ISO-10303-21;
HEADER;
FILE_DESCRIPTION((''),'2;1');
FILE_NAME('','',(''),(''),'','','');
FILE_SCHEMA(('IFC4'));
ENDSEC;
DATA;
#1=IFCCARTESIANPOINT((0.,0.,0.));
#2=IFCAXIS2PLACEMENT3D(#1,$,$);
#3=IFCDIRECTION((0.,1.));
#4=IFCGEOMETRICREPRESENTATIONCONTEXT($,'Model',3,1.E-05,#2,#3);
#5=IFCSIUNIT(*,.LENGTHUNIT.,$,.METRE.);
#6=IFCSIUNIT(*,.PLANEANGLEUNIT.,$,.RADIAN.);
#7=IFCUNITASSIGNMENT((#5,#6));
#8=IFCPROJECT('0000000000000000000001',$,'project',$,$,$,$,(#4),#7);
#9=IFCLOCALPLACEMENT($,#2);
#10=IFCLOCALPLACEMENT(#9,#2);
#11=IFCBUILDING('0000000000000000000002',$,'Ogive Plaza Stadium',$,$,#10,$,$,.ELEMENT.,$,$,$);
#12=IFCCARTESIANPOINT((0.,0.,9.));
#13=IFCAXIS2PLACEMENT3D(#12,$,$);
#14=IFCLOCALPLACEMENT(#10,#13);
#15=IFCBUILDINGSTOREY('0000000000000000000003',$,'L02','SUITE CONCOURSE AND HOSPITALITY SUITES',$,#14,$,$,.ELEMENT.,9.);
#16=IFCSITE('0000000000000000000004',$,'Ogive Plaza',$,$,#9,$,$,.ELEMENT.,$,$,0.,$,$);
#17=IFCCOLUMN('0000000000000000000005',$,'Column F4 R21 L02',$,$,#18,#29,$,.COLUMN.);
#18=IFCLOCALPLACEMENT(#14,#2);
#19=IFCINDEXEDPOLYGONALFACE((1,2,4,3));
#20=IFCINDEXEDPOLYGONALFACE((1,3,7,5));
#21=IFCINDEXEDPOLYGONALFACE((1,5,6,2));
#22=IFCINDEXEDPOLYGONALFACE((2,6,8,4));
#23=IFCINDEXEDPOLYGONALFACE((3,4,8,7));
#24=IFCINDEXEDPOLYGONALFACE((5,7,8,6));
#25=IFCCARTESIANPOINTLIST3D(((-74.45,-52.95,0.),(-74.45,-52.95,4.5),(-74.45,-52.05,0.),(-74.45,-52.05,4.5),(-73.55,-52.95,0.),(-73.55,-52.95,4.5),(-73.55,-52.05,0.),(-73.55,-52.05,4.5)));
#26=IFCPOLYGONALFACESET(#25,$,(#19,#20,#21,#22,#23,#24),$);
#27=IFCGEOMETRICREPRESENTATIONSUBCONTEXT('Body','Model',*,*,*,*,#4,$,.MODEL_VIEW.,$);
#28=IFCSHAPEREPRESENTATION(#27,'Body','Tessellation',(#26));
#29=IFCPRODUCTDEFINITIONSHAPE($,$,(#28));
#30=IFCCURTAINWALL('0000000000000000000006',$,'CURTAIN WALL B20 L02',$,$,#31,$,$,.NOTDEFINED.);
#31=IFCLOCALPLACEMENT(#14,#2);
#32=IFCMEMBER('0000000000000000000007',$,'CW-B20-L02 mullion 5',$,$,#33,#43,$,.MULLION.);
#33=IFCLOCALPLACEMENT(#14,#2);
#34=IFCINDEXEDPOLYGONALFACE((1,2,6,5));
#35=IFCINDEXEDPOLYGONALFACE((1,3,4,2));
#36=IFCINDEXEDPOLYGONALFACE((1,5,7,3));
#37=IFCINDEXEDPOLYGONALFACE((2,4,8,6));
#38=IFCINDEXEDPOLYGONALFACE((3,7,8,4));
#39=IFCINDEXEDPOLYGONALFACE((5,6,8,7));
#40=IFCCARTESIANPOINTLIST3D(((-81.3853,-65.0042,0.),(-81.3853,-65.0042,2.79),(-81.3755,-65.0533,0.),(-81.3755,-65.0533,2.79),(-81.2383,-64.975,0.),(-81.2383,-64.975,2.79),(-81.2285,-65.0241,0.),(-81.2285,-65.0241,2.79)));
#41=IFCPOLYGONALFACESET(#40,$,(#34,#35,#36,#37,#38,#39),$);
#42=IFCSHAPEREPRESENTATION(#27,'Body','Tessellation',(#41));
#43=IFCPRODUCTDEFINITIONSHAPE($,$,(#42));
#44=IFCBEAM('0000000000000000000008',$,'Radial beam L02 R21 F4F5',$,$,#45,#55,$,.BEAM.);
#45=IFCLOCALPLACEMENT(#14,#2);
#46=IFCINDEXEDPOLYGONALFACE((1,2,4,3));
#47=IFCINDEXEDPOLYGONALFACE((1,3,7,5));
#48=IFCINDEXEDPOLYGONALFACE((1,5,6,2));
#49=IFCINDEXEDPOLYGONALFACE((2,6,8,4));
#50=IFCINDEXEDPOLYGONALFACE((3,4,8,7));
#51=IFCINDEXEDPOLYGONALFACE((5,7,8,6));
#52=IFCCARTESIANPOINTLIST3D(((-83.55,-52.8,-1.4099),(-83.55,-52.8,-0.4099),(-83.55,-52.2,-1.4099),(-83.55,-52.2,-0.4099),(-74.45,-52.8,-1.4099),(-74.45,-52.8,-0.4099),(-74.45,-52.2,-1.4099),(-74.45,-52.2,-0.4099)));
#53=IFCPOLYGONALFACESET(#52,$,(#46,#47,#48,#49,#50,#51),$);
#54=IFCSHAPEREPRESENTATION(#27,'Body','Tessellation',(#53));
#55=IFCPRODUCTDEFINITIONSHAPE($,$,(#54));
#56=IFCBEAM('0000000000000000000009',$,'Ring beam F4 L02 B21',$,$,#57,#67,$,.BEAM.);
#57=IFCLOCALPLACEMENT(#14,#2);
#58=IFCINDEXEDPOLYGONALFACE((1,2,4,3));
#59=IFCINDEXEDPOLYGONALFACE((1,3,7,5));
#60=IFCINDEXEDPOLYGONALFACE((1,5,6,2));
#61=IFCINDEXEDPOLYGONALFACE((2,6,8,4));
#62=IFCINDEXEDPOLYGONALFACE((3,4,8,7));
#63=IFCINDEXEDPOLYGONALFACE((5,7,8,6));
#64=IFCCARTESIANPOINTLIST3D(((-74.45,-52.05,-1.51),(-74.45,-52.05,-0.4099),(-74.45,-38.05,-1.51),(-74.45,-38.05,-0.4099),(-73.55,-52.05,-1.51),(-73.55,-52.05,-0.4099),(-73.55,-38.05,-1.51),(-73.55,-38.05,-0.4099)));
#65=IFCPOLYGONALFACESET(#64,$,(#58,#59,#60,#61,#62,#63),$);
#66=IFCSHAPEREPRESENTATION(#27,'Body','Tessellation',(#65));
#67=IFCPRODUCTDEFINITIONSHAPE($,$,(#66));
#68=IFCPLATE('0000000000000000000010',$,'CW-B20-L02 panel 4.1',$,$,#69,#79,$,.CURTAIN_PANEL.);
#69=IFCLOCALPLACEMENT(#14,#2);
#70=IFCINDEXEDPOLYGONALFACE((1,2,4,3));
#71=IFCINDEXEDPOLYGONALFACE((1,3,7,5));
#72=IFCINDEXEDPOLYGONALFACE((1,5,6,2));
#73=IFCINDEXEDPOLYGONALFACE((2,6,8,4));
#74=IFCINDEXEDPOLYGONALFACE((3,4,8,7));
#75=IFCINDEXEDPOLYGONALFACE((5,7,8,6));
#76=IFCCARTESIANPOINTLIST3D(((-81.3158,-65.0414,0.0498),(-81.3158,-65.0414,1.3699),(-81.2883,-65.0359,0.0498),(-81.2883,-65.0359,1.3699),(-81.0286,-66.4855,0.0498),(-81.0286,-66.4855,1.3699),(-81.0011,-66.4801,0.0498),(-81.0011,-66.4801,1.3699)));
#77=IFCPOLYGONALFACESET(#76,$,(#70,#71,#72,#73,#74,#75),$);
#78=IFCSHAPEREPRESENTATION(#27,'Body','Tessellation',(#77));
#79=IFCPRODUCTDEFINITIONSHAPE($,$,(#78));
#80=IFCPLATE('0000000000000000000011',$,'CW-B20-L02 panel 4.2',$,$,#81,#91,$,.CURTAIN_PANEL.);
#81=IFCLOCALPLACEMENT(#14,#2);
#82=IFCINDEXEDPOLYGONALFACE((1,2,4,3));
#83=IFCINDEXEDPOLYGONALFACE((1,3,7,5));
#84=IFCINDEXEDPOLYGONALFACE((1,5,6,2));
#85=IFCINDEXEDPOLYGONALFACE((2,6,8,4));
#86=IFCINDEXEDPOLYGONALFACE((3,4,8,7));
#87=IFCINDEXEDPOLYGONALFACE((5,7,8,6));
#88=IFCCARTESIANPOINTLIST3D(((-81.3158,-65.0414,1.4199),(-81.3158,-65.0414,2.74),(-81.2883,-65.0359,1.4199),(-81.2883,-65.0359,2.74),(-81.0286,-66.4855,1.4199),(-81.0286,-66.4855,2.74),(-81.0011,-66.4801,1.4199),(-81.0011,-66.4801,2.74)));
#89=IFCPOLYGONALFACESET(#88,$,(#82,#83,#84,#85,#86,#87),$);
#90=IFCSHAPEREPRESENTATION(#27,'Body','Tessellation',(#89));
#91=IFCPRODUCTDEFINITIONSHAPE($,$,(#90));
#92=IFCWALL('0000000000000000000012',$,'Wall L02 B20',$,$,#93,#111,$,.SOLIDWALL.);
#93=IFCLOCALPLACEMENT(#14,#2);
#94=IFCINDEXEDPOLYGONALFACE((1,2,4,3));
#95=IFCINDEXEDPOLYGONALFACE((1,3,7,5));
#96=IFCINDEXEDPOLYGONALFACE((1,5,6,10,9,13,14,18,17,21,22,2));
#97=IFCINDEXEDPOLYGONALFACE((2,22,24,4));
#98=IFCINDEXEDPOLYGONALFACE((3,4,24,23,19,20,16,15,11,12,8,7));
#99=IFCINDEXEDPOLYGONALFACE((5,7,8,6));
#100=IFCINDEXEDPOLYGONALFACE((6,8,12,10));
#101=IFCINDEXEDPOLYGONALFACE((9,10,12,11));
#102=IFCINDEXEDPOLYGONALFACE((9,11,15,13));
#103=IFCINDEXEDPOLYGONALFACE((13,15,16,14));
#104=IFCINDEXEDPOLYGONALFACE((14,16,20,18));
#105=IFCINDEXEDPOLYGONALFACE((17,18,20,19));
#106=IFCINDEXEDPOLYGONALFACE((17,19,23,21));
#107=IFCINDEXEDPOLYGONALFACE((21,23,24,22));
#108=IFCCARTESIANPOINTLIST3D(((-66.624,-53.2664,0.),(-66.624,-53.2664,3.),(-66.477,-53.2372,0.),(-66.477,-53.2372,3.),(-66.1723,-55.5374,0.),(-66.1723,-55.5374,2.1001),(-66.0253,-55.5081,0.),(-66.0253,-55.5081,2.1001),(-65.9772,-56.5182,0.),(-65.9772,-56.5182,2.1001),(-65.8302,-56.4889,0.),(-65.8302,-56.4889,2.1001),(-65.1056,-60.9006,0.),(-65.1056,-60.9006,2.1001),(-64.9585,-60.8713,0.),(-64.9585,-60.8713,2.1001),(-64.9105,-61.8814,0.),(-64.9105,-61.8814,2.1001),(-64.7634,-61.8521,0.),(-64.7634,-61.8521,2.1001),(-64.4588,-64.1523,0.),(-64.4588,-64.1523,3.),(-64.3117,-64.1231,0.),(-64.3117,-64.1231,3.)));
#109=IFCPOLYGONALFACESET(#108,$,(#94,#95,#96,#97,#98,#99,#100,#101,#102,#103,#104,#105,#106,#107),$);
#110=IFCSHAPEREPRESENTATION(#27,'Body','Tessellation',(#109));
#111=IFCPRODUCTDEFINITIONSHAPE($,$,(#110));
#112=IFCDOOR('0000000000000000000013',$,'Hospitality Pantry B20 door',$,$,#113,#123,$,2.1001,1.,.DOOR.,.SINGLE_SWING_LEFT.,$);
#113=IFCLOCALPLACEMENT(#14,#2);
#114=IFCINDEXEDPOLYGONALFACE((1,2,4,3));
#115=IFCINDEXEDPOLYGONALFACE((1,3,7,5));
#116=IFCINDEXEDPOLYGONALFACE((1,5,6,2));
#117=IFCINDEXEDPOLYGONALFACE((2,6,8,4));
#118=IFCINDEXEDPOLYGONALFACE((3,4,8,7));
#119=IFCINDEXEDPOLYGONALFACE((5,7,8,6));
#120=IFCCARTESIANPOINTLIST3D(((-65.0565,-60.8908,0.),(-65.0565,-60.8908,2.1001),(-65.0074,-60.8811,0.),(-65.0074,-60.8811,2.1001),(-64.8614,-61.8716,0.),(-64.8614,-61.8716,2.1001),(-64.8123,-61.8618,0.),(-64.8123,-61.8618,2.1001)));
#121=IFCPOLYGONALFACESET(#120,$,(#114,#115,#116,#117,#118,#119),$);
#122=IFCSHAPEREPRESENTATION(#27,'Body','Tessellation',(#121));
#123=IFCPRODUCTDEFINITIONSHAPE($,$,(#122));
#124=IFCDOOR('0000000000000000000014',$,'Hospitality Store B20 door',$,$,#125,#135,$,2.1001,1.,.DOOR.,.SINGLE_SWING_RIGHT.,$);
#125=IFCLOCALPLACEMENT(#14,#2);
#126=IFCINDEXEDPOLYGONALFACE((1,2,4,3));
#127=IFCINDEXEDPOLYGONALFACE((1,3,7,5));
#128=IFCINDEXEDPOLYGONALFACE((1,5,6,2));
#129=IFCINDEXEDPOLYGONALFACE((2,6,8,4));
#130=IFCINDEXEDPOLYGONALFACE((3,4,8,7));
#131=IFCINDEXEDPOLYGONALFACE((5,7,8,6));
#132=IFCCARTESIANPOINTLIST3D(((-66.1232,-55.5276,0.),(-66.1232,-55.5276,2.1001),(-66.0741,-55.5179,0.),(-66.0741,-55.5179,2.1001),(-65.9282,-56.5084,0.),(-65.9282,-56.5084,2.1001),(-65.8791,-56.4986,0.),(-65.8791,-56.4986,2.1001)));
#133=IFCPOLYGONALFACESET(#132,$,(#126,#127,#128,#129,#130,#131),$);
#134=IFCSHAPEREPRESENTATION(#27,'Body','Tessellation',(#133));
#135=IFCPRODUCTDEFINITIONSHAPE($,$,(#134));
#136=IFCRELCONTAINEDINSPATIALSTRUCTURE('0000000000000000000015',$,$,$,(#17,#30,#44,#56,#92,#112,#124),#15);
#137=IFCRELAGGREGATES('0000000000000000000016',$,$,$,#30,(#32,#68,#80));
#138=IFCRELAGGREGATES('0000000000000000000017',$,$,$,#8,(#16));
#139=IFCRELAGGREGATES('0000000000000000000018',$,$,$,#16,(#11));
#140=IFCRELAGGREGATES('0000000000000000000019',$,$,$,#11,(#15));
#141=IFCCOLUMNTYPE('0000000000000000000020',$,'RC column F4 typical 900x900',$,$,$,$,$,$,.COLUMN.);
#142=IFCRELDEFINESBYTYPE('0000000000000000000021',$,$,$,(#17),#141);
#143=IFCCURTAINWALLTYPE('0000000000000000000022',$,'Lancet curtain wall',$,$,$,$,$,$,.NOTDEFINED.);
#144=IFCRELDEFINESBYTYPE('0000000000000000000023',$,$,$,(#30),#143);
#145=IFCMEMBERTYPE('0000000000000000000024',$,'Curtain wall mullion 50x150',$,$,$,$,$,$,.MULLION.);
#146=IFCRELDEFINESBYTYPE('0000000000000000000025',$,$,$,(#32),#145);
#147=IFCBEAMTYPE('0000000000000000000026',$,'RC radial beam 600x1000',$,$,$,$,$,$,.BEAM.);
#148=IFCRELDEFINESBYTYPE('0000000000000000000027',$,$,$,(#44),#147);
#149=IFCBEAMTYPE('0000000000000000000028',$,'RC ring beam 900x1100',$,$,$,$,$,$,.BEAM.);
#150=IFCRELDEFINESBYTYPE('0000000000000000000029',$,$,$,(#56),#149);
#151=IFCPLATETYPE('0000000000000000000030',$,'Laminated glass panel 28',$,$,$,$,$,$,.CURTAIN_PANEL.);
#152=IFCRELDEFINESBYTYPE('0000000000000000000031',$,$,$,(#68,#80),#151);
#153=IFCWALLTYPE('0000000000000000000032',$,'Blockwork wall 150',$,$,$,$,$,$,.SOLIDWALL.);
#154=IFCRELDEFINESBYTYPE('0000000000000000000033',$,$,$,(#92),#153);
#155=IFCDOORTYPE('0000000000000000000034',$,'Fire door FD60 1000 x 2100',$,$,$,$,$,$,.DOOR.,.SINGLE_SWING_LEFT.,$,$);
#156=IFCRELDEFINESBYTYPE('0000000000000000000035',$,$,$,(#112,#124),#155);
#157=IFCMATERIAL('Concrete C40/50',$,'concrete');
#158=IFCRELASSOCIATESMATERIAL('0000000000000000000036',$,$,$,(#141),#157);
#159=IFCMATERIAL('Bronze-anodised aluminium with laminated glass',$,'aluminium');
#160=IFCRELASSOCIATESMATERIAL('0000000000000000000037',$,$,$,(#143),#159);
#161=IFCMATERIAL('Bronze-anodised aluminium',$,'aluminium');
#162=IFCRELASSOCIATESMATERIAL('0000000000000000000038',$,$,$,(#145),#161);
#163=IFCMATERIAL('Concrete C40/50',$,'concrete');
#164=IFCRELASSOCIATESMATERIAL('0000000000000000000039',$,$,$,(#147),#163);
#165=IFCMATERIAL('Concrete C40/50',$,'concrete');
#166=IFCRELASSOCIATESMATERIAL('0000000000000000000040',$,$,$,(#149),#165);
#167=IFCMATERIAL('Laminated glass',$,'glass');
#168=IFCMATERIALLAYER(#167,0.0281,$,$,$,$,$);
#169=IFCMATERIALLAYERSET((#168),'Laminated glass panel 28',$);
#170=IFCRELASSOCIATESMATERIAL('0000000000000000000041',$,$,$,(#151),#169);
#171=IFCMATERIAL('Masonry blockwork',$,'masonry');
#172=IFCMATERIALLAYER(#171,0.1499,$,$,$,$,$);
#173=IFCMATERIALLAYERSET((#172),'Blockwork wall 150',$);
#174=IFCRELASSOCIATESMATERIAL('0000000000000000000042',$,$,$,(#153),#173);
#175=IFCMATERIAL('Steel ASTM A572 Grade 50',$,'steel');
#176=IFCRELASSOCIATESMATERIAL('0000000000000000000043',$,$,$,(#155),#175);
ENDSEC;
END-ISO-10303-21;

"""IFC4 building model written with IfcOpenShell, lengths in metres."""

from ifc_helpers import new_model, si_unit, direction, frame, frame_2d, origin, origin_2d, place, context, subcontext, project, spatial, rectangle, extrude, material, layer, layer_set, material_profile, profile_set, type_object, element, fill, aggregate, save


model = new_model("IFC4")

# Units and contexts
model_context = context("Model", 3, precision=1e-05, world=origin(), true_north=direction((0.0, 1.0)))
body_context = subcontext(model_context, "Body", "Model", "MODEL_VIEW")
ifc_project = project(units=[si_unit("LENGTHUNIT", "METRE"), si_unit("PLANEANGLEUNIT", "RADIAN")], contexts=[model_context])

# Site, building, storey
site_placement = place(None, origin())
site = spatial("IfcSite", under=ifc_project, at=site_placement, Name="Ogive Plaza", CompositionType="ELEMENT", RefElevation=0.0)
building_placement = place(site_placement, origin())
building = spatial("IfcBuilding", under=site, at=building_placement, Name="Ogive Plaza Stadium", CompositionType="ELEMENT")
storey_placement = place(building_placement, frame((0.0, 0.0, 9.0)))
storey = spatial("IfcBuildingStorey", under=building, at=storey_placement, Name="L02", Description="SUITE CONCOURSE AND HOSPITALITY SUITES", CompositionType="ELEMENT", Elevation=9.0)

# Column
ifc_material_1 = material(Name="Concrete C40/50", Category="concrete")
ifc_material_profile_1 = material_profile(ifc_material_1, rectangle(XDim=0.8999, YDim=0.8999, at=origin_2d()), Name="RC 900x900")
ifc_profile_set_1 = profile_set([ifc_material_profile_1], Name="Concrete C40/50")
column_type = type_object("IfcColumnType", Name="RC column F4 typical 900x900", PredefinedType="COLUMN", material=ifc_profile_set_1)
column_placement = place(storey_placement, frame((-74.0, -52.5, 0.0), z_axis=(0.0, 0.0, 1.0), x_axis=(0.0, -1.0, 0.0)))
element("IfcColumn", 1, at=column_placement, inside=storey, type_object=column_type, Name="Column F4 R21 L02", PredefinedType="COLUMN", context=body_context, shape_type="SweptSolid", body=[
    extrude(rectangle(XDim=0.8999, YDim=0.8999, at=origin_2d()), origin(), (0.0, 0.0, 1.0), 4.5),
])

# Curtain wall, member
ifc_material_2 = material(Name="Bronze-anodised aluminium with laminated glass", Category="aluminium")
curtain_wall_type = type_object("IfcCurtainWallType", Name="Lancet curtain wall", PredefinedType="NOTDEFINED", material=ifc_material_2)
curtain_wall_placement = place(storey_placement, origin())
curtain_wall = element("IfcCurtainWall", 2, at=curtain_wall_placement, inside=storey, type_object=curtain_wall_type, Name="CURTAIN WALL B20 L02", PredefinedType="NOTDEFINED")
ifc_material_3 = material(Name="Bronze-anodised aluminium", Category="aluminium")
ifc_material_profile_2 = material_profile(ifc_material_3, rectangle(XDim=0.1499, YDim=0.05, at=origin_2d()), Name="AL 150x50")
ifc_profile_set_2 = profile_set([ifc_material_profile_2], Name="Bronze-anodised aluminium")
member_type = type_object("IfcMemberType", Name="Curtain wall mullion 50x150", PredefinedType="MULLION", material=ifc_profile_set_2)
member_placement = place(storey_placement, frame((-81.3069, -65.0142, 0.0), z_axis=(0.0, 0.0, 1.0), x_axis=(-0.980785, -0.19509, 0.0)))
member = element("IfcMember", 3, at=member_placement, type_object=member_type, Name="CW-B20-L02 mullion 5", PredefinedType="MULLION", context=body_context, shape_type="SweptSolid", body=[
    extrude(rectangle(XDim=0.1499, YDim=0.05, at=origin_2d()), origin(), (0.0, 0.0, 1.0), 2.79),
])

# Beams
ifc_material_4 = material(Name="Concrete C40/50", Category="concrete")
ifc_material_profile_3 = material_profile(ifc_material_4, rectangle(XDim=0.6001, YDim=1.0, at=origin_2d()), Name="RC 600x1000")
ifc_profile_set_3 = profile_set([ifc_material_profile_3], Name="Concrete C40/50")
beam_type_1 = type_object("IfcBeamType", Name="RC radial beam 600x1000", PredefinedType="BEAM", material=ifc_profile_set_3)
beam_1_placement = place(storey_placement, frame((-74.45, -52.5, -0.9099), z_axis=(-1.0, 0.0, 0.0), x_axis=(0.0, -1.0, 0.0)))
element("IfcBeam", 4, at=beam_1_placement, inside=storey, type_object=beam_type_1, Name="Radial beam L02 R21 F4F5", PredefinedType="BEAM", context=body_context, shape_type="SweptSolid", body=[
    extrude(rectangle(XDim=0.6001, YDim=1.0, at=origin_2d()), origin(), (0.0, 0.0, 1.0), 9.1001),
])
ifc_material_5 = material(Name="Concrete C40/50", Category="concrete")
ifc_material_profile_4 = material_profile(ifc_material_5, rectangle(XDim=0.8999, YDim=1.1001, at=origin_2d()), Name="RC 900x1100")
ifc_profile_set_4 = profile_set([ifc_material_profile_4], Name="Concrete C40/50")
beam_type_2 = type_object("IfcBeamType", Name="RC ring beam 900x1100", PredefinedType="BEAM", material=ifc_profile_set_4)
beam_2_placement = place(storey_placement, frame((-74.0, -52.05, -0.96), z_axis=(0.0, 1.0, 0.0), x_axis=(-1.0, 0.0, 0.0)))
element("IfcBeam", 5, at=beam_2_placement, inside=storey, type_object=beam_type_2, Name="Ring beam F4 L02 B21", PredefinedType="BEAM", context=body_context, shape_type="SweptSolid", body=[
    extrude(rectangle(XDim=0.8999, YDim=1.1001, at=origin_2d()), origin(), (0.0, 0.0, 1.0), 14.0),
])

# Plates
ifc_material_6 = material(Name="Laminated glass", Category="glass")
ifc_layer_1 = layer(ifc_material_6, 0.0281)
ifc_layer_set_1 = layer_set([ifc_layer_1], Name="Laminated glass panel 28")
plate_type = type_object("IfcPlateType", Name="Laminated glass panel 28", PredefinedType="CURTAIN_PANEL", material=ifc_layer_set_1)
plate_1_placement = place(storey_placement, frame((-81.1584, -65.7607, 0.0498), z_axis=(0.0, 0.0, 1.0), x_axis=(-0.19509, 0.980785, 0.0)))
plate_1 = element("IfcPlate", 6, at=plate_1_placement, type_object=plate_type, Name="CW-B20-L02 panel 4.1", PredefinedType="CURTAIN_PANEL", context=body_context, shape_type="SweptSolid", body=[
    extrude(rectangle(XDim=1.4724, YDim=0.0281, at=origin_2d()), origin(), (0.0, 0.0, 1.0), 1.3201),
])
plate_2_placement = place(storey_placement, frame((-81.1584, -65.7607, 1.4199), z_axis=(0.0, 0.0, 1.0), x_axis=(-0.19509, 0.980785, 0.0)))
plate_2 = element("IfcPlate", 7, at=plate_2_placement, type_object=plate_type, Name="CW-B20-L02 panel 4.2", PredefinedType="CURTAIN_PANEL", context=body_context, shape_type="SweptSolid", body=[
    extrude(rectangle(XDim=1.4724, YDim=0.0281, at=origin_2d()), origin(), (0.0, 0.0, 1.0), 1.3201),
])
aggregate(curtain_wall, [member, plate_1, plate_2])

# Wall, openings, doors
ifc_material_7 = material(Name="Masonry blockwork", Category="masonry")
ifc_layer_2 = layer(ifc_material_7, 0.1499)
ifc_layer_set_2 = layer_set([ifc_layer_2], Name="Blockwork wall 150")
wall_type_1 = type_object("IfcWallType", Name="Blockwork wall 150", PredefinedType="SOLIDWALL", material=ifc_layer_set_2)
wall_1_placement = place(storey_placement, frame((-64.3853, -64.1377, 0.0), z_axis=(0.0, 0.0, 1.0), x_axis=(-0.195084, 0.980787, 0.0)))
wall_1 = element("IfcWall", 8, at=wall_1_placement, inside=storey, type_object=wall_type_1, Name="Wall L02 B20", PredefinedType="SOLIDWALL", context=body_context, shape_type="SweptSolid", body=[
    extrude(rectangle(XDim=11.0991, YDim=0.1499, at=frame_2d((5.5496, 0.0))), origin(), (0.0, 0.0, 1.0), 3.0),
])
opening_1_placement = place(wall_1_placement, frame((2.3154, 0.0, 0.0)))
opening_1 = element("IfcOpeningElement", 9, at=opening_1_placement, cuts=wall_1, PredefinedType="OPENING", context=body_context, shape_type="SweptSolid", body=[
    extrude(rectangle(XDim=1.0, YDim=2.1001, at=frame_2d((0.5, 1.05))), frame((0.0, 0.075, 0.0), z_axis=(0.0, -1.0, 0.0), x_axis=(1.0, 0.0, 0.0)), (0.0, 0.0, 1.0), 0.1499),
])
opening_2_placement = place(wall_1_placement, frame((7.7837, 0.0, 0.0)))
opening_2 = element("IfcOpeningElement", 10, at=opening_2_placement, cuts=wall_1, PredefinedType="OPENING", context=body_context, shape_type="SweptSolid", body=[
    extrude(rectangle(XDim=1.0, YDim=2.1001, at=frame_2d((0.5, 1.05))), frame((0.0, 0.075, 0.0), z_axis=(0.0, -1.0, 0.0), x_axis=(1.0, 0.0, 0.0)), (0.0, 0.0, 1.0), 0.1499),
])
ifc_material_8 = material(Name="Steel ASTM A572 Grade 50", Category="steel")
door_type_1 = type_object("IfcDoorType", Name="Fire door FD60 1000 x 2100", OperationType="SINGLE_SWING_LEFT", PredefinedType="DOOR", material=ifc_material_8)
door_1_placement = place(opening_1_placement, origin())
door_1 = element("IfcDoor", 11, at=door_1_placement, inside=storey, type_object=door_type_1, Name="Hospitality Pantry B20 door", OperationType="SINGLE_SWING_LEFT", OverallHeight=2.1001, OverallWidth=1.0, PredefinedType="DOOR", context=body_context, shape_type="SweptSolid", body=[
    extrude(rectangle(XDim=1.0, YDim=2.1001, at=frame_2d((0.5, 1.05))), frame((0.0, 0.0249, 0.0), z_axis=(0.0, -1.0, 0.0), x_axis=(1.0, 0.0, 0.0)), (0.0, 0.0, 1.0), 0.05),
])
fill(opening_1, door_1)
door_2_placement = place(opening_2_placement, origin())
door_2 = element("IfcDoor", 12, at=door_2_placement, inside=storey, type_object=door_type_1, Name="Hospitality Store B20 door", OperationType="SINGLE_SWING_RIGHT", OverallHeight=2.1001, OverallWidth=1.0, PredefinedType="DOOR", context=body_context, shape_type="SweptSolid", body=[
    extrude(rectangle(XDim=1.0, YDim=2.1001, at=frame_2d((0.5, 1.05))), frame((0.0, 0.0249, 0.0), z_axis=(0.0, -1.0, 0.0), x_axis=(1.0, 0.0, 0.0)), (0.0, 0.0, 1.0), 0.05),
])
fill(opening_2, door_2)

save(model, "model.ifc")
